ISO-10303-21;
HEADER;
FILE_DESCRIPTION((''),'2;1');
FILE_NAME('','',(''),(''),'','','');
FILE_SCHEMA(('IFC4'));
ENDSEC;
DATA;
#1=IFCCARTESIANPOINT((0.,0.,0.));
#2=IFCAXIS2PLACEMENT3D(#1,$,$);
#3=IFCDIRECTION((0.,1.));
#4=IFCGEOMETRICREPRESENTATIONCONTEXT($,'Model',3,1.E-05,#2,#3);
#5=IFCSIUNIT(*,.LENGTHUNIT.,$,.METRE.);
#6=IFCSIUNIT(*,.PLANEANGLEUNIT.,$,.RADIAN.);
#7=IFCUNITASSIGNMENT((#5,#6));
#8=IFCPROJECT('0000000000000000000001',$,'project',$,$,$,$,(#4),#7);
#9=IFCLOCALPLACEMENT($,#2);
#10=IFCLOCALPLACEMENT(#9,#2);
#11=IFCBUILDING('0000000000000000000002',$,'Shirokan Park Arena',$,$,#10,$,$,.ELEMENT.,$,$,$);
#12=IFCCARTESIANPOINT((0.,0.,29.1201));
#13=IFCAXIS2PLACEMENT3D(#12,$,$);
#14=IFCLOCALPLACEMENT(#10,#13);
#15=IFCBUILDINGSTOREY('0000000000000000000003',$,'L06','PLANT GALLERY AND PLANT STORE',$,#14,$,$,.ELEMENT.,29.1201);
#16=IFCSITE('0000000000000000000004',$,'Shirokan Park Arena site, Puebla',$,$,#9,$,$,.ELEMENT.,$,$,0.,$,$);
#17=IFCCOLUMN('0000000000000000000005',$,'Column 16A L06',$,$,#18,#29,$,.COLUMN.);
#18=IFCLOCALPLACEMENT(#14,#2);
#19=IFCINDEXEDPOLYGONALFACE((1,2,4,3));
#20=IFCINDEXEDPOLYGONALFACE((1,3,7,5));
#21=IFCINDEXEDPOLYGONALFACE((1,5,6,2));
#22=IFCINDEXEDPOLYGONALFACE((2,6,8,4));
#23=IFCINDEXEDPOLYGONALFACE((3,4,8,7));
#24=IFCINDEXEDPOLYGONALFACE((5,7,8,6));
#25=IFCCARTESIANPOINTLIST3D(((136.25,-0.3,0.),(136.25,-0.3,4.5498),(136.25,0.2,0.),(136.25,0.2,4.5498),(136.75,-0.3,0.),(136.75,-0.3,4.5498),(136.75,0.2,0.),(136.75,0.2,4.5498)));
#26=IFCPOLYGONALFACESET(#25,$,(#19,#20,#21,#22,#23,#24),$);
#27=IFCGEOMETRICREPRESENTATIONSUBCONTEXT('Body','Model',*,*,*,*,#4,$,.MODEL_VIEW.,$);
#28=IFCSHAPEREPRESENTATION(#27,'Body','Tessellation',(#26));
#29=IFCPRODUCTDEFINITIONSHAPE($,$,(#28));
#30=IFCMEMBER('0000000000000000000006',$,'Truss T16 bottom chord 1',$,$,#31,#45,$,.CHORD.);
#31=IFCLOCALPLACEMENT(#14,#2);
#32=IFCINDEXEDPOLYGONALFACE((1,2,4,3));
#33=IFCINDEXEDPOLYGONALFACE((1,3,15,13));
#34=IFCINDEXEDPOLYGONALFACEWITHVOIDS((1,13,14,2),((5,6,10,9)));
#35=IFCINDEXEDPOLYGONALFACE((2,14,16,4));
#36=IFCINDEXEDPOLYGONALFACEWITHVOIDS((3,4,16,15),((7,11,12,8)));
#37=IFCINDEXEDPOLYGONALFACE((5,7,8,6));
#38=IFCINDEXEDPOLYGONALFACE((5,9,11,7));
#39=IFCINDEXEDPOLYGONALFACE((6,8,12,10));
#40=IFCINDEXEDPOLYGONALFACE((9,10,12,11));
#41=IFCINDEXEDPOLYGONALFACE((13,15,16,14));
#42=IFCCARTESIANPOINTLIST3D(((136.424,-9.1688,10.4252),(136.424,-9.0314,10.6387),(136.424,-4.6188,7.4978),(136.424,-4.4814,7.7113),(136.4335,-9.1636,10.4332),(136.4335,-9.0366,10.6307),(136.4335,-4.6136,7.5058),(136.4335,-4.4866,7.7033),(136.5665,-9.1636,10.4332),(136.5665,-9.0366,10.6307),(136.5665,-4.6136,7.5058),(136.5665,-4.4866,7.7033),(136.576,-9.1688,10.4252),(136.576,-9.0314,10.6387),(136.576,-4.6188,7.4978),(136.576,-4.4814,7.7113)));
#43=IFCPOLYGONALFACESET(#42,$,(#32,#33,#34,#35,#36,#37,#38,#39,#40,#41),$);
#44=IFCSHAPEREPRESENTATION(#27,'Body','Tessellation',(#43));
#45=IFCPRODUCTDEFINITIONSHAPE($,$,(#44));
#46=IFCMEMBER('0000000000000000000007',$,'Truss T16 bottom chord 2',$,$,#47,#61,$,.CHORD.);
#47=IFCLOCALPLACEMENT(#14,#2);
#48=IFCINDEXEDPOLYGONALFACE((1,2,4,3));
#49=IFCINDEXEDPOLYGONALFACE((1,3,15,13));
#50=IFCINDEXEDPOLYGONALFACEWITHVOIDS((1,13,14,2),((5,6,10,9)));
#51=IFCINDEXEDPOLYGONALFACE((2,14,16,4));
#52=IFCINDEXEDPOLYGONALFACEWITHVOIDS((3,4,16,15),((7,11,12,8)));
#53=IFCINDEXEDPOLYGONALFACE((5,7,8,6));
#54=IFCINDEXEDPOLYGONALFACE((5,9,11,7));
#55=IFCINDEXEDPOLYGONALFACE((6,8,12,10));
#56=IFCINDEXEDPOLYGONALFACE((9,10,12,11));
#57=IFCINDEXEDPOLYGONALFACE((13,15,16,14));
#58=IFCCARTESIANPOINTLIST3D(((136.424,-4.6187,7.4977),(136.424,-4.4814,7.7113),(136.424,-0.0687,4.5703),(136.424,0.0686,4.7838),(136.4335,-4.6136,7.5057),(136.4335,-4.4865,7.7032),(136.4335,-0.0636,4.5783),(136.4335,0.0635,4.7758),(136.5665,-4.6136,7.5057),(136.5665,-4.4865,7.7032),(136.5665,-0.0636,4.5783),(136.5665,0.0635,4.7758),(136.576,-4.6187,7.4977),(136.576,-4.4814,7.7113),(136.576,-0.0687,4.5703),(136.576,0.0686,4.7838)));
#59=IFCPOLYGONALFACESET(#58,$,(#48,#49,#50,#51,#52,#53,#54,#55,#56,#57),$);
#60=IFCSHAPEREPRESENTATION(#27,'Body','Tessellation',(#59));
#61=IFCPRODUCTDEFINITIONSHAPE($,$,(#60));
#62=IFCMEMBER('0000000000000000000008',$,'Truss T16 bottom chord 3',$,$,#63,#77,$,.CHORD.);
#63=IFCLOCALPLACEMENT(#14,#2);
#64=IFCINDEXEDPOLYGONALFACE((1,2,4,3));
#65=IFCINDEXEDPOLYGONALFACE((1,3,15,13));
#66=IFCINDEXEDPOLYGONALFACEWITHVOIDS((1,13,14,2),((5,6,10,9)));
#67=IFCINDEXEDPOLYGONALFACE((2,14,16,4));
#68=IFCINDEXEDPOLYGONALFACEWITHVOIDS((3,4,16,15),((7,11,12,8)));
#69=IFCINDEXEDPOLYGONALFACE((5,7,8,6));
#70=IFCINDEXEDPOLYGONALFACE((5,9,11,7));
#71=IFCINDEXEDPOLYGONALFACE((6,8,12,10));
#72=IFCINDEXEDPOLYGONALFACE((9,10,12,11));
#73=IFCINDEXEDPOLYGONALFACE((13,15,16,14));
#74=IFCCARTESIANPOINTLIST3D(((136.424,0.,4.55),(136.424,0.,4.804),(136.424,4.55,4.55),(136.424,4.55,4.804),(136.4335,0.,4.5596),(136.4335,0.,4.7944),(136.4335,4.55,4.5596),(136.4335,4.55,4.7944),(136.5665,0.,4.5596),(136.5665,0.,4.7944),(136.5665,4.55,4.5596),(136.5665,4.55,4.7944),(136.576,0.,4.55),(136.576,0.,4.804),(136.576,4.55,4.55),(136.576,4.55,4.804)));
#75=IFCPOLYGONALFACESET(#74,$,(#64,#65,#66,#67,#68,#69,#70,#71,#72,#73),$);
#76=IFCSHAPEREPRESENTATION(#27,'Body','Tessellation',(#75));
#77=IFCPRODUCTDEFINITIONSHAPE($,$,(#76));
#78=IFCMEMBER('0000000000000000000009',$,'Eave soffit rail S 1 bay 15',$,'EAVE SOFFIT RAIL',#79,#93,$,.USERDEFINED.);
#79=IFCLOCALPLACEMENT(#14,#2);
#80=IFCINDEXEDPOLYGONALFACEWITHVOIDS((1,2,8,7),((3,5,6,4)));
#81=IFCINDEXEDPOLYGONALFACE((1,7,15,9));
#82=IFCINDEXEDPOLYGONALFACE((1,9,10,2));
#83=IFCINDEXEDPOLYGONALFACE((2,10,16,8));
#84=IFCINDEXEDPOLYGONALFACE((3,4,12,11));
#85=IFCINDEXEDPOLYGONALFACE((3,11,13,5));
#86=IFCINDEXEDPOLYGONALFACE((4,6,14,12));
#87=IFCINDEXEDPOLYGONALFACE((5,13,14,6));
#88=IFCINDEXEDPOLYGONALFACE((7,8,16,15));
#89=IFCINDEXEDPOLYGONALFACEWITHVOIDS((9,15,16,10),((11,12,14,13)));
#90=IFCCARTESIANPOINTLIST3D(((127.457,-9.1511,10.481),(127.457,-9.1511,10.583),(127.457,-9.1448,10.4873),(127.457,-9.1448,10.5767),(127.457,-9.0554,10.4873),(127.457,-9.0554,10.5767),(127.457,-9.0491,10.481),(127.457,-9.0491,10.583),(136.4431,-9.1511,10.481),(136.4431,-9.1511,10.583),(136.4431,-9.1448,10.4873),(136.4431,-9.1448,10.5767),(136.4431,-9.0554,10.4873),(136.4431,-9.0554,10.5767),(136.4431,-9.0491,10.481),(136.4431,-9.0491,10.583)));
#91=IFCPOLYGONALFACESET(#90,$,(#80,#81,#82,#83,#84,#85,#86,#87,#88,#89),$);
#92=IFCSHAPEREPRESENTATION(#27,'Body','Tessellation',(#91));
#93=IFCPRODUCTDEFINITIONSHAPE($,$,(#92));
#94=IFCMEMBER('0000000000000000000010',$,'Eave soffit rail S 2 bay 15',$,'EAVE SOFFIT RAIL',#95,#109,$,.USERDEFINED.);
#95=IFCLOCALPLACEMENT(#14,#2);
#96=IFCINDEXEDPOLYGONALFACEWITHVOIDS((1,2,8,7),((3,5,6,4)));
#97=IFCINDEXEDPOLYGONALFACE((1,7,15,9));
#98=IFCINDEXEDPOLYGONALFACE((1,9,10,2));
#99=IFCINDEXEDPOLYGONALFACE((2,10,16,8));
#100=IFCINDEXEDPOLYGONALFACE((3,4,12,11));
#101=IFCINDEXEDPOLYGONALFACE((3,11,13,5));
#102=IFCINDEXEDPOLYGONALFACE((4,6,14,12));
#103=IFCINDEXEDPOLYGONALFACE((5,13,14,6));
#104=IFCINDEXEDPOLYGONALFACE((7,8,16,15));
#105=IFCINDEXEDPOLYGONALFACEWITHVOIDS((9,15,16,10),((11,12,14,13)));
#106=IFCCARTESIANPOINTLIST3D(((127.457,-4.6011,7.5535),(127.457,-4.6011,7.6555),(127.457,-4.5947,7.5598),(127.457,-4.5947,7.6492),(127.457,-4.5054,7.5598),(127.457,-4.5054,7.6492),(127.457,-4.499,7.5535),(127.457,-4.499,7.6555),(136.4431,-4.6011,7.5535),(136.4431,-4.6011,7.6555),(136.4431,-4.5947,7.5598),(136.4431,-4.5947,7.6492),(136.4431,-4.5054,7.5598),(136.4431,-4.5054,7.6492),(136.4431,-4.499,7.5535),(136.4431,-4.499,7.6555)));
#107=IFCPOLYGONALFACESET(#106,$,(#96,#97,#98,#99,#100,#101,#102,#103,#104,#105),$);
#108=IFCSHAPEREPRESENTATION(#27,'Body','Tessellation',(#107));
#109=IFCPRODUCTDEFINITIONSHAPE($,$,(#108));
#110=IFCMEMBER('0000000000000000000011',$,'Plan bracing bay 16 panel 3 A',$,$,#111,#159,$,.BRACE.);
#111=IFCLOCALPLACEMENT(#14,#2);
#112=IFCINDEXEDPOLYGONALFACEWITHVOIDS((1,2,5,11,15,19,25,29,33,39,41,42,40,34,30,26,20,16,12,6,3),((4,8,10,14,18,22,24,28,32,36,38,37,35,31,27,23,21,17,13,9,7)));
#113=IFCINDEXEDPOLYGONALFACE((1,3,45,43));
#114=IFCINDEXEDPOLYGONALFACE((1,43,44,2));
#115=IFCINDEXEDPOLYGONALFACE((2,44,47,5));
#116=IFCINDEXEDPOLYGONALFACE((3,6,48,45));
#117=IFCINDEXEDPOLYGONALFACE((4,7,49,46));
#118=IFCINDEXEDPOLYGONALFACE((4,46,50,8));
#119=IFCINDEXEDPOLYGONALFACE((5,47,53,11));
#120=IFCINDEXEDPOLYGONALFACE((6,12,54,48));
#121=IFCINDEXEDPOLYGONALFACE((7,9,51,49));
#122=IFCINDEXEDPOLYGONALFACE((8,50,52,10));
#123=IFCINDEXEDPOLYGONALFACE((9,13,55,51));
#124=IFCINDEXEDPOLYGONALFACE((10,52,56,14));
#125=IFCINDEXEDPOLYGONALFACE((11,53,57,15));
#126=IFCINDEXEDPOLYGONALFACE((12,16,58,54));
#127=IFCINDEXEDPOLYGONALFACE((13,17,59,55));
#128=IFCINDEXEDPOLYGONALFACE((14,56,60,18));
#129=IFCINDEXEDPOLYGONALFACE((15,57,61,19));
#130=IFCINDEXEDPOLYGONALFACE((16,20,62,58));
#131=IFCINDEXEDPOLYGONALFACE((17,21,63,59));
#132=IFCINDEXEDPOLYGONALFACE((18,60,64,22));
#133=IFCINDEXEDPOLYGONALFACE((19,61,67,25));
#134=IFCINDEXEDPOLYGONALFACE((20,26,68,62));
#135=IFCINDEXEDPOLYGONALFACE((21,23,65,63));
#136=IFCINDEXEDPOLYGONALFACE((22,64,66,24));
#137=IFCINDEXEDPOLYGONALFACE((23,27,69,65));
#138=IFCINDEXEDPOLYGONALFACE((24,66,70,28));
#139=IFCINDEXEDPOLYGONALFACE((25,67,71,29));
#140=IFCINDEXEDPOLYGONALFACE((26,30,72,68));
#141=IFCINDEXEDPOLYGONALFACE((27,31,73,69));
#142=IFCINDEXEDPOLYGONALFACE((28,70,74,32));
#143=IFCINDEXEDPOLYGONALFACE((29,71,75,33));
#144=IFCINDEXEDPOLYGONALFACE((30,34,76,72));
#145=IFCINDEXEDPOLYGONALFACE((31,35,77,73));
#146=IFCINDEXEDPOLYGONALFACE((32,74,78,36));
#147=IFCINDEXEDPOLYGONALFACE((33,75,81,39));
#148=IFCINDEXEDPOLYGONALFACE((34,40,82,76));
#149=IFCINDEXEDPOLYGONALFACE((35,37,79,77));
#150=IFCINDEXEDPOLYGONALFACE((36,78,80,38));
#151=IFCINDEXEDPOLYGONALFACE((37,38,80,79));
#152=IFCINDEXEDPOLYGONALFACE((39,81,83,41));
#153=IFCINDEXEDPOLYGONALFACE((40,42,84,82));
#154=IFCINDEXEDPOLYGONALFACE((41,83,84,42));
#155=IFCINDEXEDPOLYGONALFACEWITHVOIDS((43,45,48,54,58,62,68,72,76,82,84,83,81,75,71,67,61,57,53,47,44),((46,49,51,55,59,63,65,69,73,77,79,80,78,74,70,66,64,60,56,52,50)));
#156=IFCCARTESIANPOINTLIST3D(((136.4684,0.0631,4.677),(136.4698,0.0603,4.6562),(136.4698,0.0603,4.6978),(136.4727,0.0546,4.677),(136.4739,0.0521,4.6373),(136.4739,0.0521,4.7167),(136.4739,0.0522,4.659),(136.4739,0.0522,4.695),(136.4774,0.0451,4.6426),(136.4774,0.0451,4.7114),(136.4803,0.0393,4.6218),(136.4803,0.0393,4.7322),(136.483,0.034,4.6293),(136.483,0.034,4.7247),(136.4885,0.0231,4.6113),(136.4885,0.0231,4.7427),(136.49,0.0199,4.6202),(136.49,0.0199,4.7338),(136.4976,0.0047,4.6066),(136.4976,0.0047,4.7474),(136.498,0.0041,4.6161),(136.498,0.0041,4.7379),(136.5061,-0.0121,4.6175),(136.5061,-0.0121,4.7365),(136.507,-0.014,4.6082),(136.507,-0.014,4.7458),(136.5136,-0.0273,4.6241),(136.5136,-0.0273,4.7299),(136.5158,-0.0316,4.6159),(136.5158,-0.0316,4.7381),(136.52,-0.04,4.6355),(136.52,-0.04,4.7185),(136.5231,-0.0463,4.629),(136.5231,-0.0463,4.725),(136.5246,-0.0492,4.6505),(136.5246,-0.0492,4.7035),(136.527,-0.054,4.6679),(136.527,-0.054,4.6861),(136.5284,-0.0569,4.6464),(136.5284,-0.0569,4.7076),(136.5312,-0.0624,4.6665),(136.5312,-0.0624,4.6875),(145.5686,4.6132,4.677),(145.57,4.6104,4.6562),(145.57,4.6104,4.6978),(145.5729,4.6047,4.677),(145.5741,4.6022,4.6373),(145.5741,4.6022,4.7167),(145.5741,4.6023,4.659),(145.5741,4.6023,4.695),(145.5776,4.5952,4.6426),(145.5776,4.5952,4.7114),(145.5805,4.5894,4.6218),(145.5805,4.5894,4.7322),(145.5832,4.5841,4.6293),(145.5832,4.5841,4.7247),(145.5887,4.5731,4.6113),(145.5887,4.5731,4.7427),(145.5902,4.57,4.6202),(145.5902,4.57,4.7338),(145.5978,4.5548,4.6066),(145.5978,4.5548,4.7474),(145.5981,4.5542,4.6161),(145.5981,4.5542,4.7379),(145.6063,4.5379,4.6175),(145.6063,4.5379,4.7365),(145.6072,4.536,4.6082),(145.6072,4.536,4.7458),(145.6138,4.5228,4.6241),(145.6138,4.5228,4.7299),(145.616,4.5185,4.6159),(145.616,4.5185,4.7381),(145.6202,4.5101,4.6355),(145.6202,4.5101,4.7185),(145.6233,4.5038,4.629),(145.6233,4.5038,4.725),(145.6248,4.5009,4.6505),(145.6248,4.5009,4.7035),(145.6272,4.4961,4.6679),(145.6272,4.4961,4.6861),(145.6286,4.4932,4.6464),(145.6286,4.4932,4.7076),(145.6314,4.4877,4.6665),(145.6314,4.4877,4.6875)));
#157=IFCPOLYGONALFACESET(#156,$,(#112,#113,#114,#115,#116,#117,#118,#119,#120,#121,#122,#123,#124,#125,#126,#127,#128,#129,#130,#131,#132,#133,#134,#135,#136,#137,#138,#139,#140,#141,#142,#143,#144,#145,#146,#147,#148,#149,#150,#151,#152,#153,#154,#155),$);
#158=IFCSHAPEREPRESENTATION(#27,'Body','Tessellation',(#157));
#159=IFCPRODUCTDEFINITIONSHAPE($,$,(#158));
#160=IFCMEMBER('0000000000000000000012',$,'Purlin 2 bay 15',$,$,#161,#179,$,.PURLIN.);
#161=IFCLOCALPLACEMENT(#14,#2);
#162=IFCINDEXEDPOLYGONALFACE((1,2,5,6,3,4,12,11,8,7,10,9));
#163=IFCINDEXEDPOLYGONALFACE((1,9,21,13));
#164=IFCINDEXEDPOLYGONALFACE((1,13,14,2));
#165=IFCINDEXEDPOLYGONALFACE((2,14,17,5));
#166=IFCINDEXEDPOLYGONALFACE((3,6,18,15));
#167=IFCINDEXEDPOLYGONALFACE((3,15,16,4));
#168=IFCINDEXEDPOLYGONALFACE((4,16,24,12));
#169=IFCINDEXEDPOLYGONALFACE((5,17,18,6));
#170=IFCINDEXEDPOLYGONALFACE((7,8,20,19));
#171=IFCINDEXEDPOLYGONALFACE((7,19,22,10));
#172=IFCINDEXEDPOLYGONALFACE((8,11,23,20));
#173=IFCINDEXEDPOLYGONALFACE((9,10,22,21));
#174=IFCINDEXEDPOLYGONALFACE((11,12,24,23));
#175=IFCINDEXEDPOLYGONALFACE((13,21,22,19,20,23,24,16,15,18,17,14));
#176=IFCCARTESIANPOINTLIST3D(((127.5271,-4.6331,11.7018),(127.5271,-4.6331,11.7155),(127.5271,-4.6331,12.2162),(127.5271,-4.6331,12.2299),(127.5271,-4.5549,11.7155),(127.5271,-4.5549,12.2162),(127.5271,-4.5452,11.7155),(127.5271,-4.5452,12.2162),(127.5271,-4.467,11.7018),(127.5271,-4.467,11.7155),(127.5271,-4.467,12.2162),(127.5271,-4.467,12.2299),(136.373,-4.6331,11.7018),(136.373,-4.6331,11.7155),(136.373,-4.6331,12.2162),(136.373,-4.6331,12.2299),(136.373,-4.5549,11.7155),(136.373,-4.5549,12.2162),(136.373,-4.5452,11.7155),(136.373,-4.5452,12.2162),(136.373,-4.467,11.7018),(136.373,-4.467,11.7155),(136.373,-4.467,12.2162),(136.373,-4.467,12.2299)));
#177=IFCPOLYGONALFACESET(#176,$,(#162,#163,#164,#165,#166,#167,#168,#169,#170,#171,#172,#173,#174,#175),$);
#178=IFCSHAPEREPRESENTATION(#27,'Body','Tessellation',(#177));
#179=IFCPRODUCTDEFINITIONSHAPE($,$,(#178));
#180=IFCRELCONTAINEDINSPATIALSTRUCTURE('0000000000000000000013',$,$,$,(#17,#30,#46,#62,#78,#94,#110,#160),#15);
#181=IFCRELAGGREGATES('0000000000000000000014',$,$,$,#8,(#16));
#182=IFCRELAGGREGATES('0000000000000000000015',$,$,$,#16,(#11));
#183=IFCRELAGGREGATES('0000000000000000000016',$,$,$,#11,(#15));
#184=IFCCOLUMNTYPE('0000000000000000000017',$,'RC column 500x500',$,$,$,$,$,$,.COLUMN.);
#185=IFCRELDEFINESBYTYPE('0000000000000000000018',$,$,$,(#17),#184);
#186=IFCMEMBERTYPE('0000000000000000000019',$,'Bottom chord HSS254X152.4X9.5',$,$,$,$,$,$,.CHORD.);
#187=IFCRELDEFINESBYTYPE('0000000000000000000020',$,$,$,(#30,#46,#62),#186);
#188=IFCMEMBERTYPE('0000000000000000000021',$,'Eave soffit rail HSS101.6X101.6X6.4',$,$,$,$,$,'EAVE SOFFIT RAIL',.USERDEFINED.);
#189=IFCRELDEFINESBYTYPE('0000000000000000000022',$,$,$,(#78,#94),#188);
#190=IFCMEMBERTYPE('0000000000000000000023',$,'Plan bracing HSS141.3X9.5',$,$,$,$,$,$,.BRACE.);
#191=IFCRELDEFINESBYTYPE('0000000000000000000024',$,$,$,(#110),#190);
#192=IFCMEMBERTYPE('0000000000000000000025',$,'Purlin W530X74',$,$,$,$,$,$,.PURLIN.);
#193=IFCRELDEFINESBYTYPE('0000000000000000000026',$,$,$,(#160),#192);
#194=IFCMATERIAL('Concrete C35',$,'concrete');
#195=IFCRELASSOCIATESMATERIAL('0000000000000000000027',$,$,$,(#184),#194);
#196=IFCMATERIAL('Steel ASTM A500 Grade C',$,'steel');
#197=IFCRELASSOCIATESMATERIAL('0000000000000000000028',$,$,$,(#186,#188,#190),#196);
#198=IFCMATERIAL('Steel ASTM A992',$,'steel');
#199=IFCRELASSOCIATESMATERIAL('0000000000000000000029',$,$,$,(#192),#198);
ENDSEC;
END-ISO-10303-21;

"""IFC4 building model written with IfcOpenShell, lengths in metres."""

from ifc_helpers import new_model, si_unit, direction, frame, origin, origin_2d, place, context, subcontext, project, spatial, rectangle, hollow_rectangle, hollow_circle, i_section, extrude, material, material_profile, profile_set, type_object, element, save


model = new_model("IFC4")

# Units and contexts
model_context = context("Model", 3, precision=1e-05, world=origin(), true_north=direction((0.0, 1.0)))
body_context = subcontext(model_context, "Body", "Model", "MODEL_VIEW")
ifc_project = project(units=[si_unit("LENGTHUNIT", "METRE"), si_unit("PLANEANGLEUNIT", "RADIAN")], contexts=[model_context])

# Site, building, storey
site_placement = place(None, origin())
site = spatial("IfcSite", under=ifc_project, at=site_placement, Name="Shirokan Park Arena site, Puebla", CompositionType="ELEMENT", RefElevation=0.0)
building_placement = place(site_placement, origin())
building = spatial("IfcBuilding", under=site, at=building_placement, Name="Shirokan Park Arena", CompositionType="ELEMENT")
storey_placement = place(building_placement, frame((0.0, 0.0, 29.1201)))
storey = spatial("IfcBuildingStorey", under=building, at=storey_placement, Name="L06", Description="PLANT GALLERY AND PLANT STORE", CompositionType="ELEMENT", Elevation=29.1201)

# Column
ifc_material_1 = material(Name="Concrete C35", Category="concrete")
ifc_material_profile_1 = material_profile(ifc_material_1, rectangle(XDim=0.5, YDim=0.5, at=origin_2d()), Name="500x500")
ifc_profile_set_1 = profile_set([ifc_material_profile_1], Name="Concrete C35")
column_type = type_object("IfcColumnType", Name="RC column 500x500", PredefinedType="COLUMN", material=ifc_profile_set_1)
column_placement = place(storey_placement, frame((136.5, -0.05, 0.0), z_axis=(0.0, 0.0, 1.0), x_axis=(1.0, 0.0, 0.0)))
element("IfcColumn", 1, at=column_placement, inside=storey, type_object=column_type, Name="Column 16A L06", PredefinedType="COLUMN", context=body_context, shape_type="SweptSolid", body=[
    extrude(rectangle(XDim=0.5, YDim=0.5, at=origin_2d()), origin(), (0.0, 0.0, 1.0), 4.5498),
])

# Members
ifc_material_2 = material(Name="Steel ASTM A500 Grade C", Category="steel")
ifc_material_profile_2 = material_profile(ifc_material_2, hollow_rectangle(XDim=0.1521, YDim=0.2539, WallThickness=0.0095, at=origin_2d()), Name="HSS254X152.4X9.5")
ifc_profile_set_2 = profile_set([ifc_material_profile_2], Name="Steel ASTM A500 Grade C")
member_type_1 = type_object("IfcMemberType", Name="Bottom chord HSS254X152.4X9.5", PredefinedType="CHORD", material=ifc_profile_set_2)
for number, where, z_axis, x_axis, name in (
    (2, (136.5, -9.1001, 10.532), (0.0, 0.840972, -0.541079), (-1.0, 0.0, 0.0), "Truss T16 bottom chord 1"),
    (3, (136.5, -4.55, 7.6045), (0.0, 0.840972, -0.541079), (-1.0, 0.0, 0.0), "Truss T16 bottom chord 2"),
):
    element("IfcMember", number, at=place(storey_placement, frame(where, z_axis=z_axis, x_axis=x_axis)), inside=storey, type_object=member_type_1, Name=name, PredefinedType="CHORD", context=body_context, shape_type="SweptSolid", body=[
        extrude(hollow_rectangle(XDim=0.1521, YDim=0.2539, WallThickness=0.0095, at=origin_2d()), origin(), (0.0, 0.0, 1.0), 5.4104),
    ])
member_1_placement = place(storey_placement, frame((136.5, 0.0, 4.677), z_axis=(0.0, 1.0, 0.0), x_axis=(-1.0, 0.0, 0.0)))
element("IfcMember", 4, at=member_1_placement, inside=storey, type_object=member_type_1, Name="Truss T16 bottom chord 3", PredefinedType="CHORD", context=body_context, shape_type="SweptSolid", body=[
    extrude(hollow_rectangle(XDim=0.1521, YDim=0.2539, WallThickness=0.0095, at=origin_2d()), origin(), (0.0, 0.0, 1.0), 4.55),
])
ifc_material_profile_3 = material_profile(ifc_material_2, hollow_rectangle(XDim=0.1021, YDim=0.1021, WallThickness=0.0063, at=origin_2d()), Name="HSS101.6X101.6X6.4")
ifc_profile_set_3 = profile_set([ifc_material_profile_3], Name="Steel ASTM A500 Grade C")
member_type_2 = type_object("IfcMemberType", Name="Eave soffit rail HSS101.6X101.6X6.4", ElementType="EAVE SOFFIT RAIL", PredefinedType="USERDEFINED", material=ifc_profile_set_3)
for number, where, z_axis, x_axis, name in (
    (5, (127.457, -9.1001, 10.532), (1.0, 0.0, 0.0), (0.0, 1.0, 0.0), "Eave soffit rail S 1 bay 15"),
    (6, (127.457, -4.55, 7.6045), (1.0, 0.0, 0.0), (0.0, 1.0, 0.0), "Eave soffit rail S 2 bay 15"),
):
    element("IfcMember", number, at=place(storey_placement, frame(where, z_axis=z_axis, x_axis=x_axis)), inside=storey, type_object=member_type_2, Name=name, ObjectType="EAVE SOFFIT RAIL", PredefinedType="USERDEFINED", context=body_context, shape_type="SweptSolid", body=[
        extrude(hollow_rectangle(XDim=0.1021, YDim=0.1021, WallThickness=0.0063, at=origin_2d()), origin(), (0.0, 0.0, 1.0), 8.9861),
    ])
ifc_material_profile_4 = material_profile(ifc_material_2, hollow_circle(Radius=0.0706, WallThickness=0.0095, at=origin_2d()), Name="HSS141.3X9.5")
ifc_profile_set_4 = profile_set([ifc_material_profile_4], Name="Steel ASTM A500 Grade C")
member_type_3 = type_object("IfcMemberType", Name="Plan bracing HSS141.3X9.5", PredefinedType="BRACE", material=ifc_profile_set_4)
member_2_placement = place(storey_placement, frame((136.5, 0.0, 4.677), z_axis=(0.894427, 0.447214, 0.0), x_axis=(-0.447214, 0.894427, 0.0)))
element("IfcMember", 7, at=member_2_placement, inside=storey, type_object=member_type_3, Name="Plan bracing bay 16 panel 3 A", PredefinedType="BRACE", context=body_context, shape_type="SweptSolid", body=[
    extrude(hollow_circle(Radius=0.0706, WallThickness=0.0095, at=origin_2d()), origin(), (0.0, 0.0, 1.0), 10.1743),
])
ifc_material_3 = material(Name="Steel ASTM A992", Category="steel")
ifc_material_profile_5 = material_profile(ifc_material_3, i_section(OverallWidth=0.166, OverallDepth=0.5281, WebThickness=0.0098, FlangeThickness=0.0137, at=origin_2d()), Name="W530X74")
ifc_profile_set_5 = profile_set([ifc_material_profile_5], Name="Steel ASTM A992")
member_type_4 = type_object("IfcMemberType", Name="Purlin W530X74", PredefinedType="PURLIN", material=ifc_profile_set_5)
for number, where, z_axis, x_axis, name in (
    (8, (127.5271, -4.55, 11.9658), (1.0, 0.0, 0.0), (0.0, 1.0, 0.0), "Purlin 2 bay 15"),
):
    element("IfcMember", number, at=place(storey_placement, frame(where, z_axis=z_axis, x_axis=x_axis)), inside=storey, type_object=member_type_4, Name=name, PredefinedType="PURLIN", context=body_context, shape_type="SweptSolid", body=[
        extrude(i_section(OverallWidth=0.166, OverallDepth=0.5281, WebThickness=0.0098, FlangeThickness=0.0137, at=origin_2d()), origin(), (0.0, 0.0, 1.0), 8.8459),
    ])

save(model, "model.ifc")
